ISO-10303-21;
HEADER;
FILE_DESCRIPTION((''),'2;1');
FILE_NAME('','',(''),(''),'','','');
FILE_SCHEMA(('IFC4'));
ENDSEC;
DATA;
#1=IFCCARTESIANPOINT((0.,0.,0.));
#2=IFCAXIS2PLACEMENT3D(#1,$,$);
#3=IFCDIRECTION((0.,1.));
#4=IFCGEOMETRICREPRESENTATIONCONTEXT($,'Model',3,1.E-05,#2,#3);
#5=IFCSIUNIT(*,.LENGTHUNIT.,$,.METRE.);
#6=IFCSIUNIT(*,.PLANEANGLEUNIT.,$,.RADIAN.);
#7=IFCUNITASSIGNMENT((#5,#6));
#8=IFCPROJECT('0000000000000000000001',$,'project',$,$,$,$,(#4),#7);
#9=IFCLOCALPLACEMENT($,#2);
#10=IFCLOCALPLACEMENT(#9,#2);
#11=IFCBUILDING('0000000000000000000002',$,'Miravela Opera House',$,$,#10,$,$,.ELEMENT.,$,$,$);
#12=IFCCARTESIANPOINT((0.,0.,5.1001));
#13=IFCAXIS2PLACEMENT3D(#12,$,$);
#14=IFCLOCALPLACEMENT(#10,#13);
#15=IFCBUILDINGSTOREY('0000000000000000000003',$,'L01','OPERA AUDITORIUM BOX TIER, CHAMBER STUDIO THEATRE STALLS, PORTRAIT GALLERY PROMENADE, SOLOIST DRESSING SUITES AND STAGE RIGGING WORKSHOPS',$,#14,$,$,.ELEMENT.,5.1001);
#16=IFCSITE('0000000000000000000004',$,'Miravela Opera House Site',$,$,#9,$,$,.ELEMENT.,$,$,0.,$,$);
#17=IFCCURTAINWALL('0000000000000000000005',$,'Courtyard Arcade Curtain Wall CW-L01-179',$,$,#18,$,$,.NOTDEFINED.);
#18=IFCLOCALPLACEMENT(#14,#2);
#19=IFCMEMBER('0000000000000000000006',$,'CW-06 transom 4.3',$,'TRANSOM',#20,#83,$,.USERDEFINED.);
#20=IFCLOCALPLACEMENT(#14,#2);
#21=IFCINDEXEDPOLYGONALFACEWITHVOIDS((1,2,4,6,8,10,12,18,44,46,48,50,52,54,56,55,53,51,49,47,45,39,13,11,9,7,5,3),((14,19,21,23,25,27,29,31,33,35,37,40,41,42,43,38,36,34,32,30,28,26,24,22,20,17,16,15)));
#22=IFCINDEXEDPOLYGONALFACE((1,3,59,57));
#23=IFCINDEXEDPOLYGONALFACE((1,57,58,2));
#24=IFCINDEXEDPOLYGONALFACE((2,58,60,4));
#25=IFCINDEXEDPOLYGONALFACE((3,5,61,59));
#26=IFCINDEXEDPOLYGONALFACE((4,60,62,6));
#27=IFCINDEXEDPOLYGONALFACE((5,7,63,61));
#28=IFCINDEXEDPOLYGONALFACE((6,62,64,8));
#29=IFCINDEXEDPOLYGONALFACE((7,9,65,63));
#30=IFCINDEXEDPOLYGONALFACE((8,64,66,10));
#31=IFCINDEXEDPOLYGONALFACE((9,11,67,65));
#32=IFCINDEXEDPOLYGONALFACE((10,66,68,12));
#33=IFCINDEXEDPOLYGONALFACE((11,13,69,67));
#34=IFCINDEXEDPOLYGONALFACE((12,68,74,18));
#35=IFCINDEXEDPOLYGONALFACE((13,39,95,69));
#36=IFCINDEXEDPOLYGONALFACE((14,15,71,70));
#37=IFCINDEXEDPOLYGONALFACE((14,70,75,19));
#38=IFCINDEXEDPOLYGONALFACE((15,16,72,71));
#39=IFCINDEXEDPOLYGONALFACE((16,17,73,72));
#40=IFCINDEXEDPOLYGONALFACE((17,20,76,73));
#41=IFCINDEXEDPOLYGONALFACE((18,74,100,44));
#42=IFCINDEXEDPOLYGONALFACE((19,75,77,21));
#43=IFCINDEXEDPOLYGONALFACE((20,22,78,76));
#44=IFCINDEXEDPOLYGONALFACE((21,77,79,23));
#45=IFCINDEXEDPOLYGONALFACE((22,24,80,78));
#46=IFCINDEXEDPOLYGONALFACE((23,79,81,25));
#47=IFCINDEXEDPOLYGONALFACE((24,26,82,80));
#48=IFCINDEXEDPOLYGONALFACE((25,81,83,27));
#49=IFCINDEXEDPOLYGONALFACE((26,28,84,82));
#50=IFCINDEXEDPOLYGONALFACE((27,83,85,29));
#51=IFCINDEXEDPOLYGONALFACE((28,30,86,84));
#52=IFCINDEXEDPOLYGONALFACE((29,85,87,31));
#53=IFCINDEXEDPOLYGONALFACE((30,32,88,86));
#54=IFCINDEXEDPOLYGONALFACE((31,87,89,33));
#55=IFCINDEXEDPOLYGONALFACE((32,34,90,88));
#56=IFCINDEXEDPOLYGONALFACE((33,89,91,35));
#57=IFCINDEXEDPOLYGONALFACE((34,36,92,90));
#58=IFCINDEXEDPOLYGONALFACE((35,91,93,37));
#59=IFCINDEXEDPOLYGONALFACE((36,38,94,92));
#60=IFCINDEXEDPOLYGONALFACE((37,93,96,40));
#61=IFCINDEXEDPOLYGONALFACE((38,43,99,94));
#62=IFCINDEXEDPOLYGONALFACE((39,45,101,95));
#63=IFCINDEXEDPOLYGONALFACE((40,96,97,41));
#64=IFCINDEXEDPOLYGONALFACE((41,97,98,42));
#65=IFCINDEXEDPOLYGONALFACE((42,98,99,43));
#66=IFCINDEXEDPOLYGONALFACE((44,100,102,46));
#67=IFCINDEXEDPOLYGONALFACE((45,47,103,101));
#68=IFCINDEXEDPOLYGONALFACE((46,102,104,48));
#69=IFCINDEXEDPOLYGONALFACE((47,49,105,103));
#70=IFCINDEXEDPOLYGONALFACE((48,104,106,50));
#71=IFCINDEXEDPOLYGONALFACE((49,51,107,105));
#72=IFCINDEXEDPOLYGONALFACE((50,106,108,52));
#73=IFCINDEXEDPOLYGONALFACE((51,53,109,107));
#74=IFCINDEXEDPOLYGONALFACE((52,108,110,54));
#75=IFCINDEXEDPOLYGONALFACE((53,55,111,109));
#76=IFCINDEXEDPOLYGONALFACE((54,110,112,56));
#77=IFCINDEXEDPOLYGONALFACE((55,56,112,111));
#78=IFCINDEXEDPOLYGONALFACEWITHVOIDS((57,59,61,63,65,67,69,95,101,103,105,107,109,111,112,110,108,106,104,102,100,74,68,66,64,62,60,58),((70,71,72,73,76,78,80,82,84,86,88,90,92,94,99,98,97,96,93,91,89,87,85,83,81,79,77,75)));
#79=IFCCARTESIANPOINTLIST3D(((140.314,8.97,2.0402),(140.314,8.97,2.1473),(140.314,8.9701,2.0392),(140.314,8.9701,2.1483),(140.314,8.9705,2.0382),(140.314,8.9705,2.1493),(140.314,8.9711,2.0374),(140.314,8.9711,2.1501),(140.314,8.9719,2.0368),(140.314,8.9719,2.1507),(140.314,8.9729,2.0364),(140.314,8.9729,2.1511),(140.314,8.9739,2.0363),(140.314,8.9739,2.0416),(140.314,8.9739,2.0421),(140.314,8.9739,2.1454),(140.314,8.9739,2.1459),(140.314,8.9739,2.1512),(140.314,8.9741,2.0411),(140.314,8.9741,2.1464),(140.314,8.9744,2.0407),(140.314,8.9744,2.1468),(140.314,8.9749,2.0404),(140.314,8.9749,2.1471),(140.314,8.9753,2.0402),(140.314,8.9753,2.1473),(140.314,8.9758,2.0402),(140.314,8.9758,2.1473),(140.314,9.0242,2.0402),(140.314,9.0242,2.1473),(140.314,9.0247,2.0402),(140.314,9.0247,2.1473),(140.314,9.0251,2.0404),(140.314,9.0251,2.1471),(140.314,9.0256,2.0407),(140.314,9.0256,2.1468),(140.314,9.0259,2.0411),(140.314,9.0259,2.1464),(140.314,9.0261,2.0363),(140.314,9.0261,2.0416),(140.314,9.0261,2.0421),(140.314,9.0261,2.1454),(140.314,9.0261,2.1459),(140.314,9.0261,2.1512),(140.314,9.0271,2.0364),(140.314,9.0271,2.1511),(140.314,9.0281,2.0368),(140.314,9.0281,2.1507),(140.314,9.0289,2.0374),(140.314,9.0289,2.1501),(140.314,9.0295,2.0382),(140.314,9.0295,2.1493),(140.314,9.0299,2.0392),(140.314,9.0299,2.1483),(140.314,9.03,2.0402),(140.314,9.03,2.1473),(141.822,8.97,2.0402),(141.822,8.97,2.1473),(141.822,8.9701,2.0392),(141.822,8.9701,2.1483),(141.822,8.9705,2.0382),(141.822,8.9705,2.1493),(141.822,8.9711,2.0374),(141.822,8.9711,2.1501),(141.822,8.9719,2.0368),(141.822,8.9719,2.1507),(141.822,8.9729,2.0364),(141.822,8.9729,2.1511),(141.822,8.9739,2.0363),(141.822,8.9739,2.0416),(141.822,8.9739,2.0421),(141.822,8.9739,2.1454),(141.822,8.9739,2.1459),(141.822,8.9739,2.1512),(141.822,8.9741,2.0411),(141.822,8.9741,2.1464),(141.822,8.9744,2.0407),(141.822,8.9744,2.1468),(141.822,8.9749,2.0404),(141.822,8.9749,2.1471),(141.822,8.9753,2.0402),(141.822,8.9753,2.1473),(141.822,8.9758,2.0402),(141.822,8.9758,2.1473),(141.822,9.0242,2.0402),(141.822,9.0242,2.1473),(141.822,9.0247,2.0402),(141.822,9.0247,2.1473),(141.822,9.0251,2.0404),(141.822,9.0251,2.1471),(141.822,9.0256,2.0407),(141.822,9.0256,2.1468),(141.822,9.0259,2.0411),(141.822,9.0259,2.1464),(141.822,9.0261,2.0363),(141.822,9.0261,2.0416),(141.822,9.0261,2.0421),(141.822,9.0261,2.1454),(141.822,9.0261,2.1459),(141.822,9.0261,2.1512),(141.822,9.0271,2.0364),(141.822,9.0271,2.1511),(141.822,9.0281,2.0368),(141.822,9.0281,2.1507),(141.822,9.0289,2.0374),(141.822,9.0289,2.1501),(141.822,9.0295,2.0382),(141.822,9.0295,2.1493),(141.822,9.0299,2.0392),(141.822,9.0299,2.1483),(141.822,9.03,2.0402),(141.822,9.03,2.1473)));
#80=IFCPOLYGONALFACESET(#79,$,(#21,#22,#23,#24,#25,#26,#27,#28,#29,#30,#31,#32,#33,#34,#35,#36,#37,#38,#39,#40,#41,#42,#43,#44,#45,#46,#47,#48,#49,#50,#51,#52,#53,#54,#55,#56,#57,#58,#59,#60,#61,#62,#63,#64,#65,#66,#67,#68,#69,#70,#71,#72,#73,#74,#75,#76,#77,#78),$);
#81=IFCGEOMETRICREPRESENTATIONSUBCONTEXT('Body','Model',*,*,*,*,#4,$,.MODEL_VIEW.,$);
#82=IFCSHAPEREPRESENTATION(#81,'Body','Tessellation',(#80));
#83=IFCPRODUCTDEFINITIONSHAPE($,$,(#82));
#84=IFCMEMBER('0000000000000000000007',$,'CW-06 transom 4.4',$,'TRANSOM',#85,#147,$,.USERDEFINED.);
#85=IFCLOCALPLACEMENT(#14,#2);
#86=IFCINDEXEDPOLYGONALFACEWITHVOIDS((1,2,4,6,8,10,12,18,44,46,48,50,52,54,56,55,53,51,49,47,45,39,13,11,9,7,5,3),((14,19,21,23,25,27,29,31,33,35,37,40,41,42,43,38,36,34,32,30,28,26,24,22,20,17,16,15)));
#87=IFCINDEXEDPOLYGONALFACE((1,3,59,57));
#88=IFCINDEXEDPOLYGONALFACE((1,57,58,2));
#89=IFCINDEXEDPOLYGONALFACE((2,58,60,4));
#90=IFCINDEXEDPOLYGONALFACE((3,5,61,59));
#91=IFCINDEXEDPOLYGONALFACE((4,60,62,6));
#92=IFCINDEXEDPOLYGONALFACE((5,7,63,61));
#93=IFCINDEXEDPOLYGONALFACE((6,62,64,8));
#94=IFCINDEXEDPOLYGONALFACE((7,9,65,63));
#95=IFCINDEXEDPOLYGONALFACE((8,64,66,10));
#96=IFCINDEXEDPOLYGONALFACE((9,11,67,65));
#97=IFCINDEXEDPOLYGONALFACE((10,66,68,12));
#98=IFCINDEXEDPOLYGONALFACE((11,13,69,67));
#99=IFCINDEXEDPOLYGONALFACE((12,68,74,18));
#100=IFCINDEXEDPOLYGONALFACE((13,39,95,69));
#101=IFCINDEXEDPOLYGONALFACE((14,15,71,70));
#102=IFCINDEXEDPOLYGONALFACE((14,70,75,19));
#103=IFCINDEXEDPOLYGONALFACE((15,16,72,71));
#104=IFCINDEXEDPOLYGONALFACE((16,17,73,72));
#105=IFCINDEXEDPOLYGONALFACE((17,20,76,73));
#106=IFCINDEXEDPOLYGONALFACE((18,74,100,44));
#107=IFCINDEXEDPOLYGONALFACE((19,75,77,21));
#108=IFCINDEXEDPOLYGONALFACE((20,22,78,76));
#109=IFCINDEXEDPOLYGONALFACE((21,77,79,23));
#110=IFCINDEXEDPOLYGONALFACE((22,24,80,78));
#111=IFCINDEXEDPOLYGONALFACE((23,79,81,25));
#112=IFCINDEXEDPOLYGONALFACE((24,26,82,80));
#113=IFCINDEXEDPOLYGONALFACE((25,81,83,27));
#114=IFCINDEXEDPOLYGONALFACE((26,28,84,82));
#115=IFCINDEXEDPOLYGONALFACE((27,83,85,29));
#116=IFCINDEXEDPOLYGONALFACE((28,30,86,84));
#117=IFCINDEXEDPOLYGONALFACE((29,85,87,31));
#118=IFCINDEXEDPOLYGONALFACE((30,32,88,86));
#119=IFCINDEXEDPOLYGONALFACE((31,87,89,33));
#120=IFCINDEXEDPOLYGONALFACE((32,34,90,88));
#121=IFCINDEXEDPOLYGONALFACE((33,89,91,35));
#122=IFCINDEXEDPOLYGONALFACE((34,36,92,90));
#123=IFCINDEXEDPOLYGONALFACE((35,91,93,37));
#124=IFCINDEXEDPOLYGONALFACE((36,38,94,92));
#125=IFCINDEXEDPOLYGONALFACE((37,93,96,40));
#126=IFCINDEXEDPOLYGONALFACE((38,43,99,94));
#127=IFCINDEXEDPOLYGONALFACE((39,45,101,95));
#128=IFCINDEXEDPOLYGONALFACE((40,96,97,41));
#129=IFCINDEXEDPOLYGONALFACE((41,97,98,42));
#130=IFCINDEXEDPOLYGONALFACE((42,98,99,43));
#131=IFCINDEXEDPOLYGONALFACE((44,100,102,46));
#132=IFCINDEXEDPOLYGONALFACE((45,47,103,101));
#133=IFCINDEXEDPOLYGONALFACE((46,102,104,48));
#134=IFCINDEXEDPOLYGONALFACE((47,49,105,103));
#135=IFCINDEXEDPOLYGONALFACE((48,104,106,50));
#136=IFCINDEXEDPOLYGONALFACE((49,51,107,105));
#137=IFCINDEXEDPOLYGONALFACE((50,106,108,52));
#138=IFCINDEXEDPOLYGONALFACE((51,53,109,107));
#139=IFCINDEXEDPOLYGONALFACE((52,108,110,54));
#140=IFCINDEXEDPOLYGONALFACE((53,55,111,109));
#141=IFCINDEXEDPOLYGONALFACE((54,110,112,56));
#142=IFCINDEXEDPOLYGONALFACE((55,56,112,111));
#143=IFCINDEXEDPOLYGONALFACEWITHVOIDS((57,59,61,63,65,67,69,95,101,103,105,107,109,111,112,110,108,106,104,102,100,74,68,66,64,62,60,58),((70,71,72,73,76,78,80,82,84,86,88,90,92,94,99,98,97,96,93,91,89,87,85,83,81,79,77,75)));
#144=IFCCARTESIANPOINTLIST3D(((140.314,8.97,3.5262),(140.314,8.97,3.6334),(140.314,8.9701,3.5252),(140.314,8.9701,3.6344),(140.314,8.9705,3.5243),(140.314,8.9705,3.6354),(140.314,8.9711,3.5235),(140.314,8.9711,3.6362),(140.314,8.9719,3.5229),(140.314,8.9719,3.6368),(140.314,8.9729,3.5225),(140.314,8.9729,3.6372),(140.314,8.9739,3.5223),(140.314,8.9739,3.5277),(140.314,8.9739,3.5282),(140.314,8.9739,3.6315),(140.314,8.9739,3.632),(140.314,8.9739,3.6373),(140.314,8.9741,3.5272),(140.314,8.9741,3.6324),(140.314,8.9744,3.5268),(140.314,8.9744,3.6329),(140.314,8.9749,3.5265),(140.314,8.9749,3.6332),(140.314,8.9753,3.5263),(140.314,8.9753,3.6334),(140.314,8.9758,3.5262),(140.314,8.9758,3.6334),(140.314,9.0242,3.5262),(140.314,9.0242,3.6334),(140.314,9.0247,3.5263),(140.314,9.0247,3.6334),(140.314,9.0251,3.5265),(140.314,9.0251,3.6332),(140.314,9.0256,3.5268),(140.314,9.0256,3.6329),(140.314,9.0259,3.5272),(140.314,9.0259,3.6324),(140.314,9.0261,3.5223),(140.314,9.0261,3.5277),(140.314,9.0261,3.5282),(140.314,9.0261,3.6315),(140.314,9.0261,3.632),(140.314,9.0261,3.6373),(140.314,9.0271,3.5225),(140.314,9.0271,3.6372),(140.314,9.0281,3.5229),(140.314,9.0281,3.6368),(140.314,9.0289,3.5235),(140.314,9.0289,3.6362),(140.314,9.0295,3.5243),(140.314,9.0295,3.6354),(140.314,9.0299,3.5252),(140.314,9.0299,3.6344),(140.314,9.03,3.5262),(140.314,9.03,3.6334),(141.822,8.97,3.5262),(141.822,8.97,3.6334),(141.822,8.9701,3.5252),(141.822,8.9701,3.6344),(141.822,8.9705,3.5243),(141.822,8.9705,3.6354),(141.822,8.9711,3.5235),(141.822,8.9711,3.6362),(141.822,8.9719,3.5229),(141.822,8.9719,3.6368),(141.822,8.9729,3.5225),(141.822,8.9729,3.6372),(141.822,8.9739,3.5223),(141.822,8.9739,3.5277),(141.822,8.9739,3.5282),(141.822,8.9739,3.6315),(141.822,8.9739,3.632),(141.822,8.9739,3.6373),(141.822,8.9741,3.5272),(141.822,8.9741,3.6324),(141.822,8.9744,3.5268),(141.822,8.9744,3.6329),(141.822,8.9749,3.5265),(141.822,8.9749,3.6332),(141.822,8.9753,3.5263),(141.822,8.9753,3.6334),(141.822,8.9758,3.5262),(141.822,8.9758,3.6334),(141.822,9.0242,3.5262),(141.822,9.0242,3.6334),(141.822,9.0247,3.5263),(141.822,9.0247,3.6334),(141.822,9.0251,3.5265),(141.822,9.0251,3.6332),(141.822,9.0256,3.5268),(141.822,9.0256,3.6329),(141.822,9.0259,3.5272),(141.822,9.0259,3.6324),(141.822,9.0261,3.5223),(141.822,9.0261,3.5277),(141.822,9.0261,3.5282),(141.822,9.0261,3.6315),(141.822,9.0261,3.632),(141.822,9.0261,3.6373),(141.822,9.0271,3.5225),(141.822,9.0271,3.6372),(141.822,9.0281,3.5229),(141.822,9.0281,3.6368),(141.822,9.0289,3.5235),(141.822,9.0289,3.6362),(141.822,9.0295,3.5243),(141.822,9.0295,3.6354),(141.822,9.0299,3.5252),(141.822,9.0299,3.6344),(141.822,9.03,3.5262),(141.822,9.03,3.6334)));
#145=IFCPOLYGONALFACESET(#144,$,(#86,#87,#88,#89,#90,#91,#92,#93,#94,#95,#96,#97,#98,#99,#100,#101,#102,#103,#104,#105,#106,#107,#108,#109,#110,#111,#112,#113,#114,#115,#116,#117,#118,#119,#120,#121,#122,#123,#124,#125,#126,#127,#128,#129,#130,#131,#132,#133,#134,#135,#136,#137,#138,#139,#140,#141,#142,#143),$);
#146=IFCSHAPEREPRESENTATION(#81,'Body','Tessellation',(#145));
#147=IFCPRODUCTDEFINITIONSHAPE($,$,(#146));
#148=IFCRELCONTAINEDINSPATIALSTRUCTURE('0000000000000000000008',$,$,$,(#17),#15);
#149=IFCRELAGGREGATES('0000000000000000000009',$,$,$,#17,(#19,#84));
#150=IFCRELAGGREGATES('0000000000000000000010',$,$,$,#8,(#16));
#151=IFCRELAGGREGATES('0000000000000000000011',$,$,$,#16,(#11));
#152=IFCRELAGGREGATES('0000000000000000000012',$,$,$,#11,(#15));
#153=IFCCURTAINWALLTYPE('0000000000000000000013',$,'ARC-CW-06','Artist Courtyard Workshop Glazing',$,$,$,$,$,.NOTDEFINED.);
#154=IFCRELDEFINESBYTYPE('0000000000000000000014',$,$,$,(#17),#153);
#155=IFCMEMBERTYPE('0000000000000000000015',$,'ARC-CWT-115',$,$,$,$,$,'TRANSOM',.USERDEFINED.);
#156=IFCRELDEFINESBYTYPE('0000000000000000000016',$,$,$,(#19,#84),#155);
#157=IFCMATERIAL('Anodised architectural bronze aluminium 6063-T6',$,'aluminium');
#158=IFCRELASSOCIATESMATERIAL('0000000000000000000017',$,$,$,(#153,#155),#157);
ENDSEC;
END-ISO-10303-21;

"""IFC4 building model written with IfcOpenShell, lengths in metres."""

from ifc_helpers import new_model, si_unit, direction, frame, origin, origin_2d, place, context, subcontext, project, spatial, hollow_rectangle, extrude, material, material_profile, profile_set, type_object, element, aggregate, save


model = new_model("IFC4")

# Units and contexts
model_context = context("Model", 3, precision=1e-05, world=origin(), true_north=direction((0.0, 1.0)))
body_context = subcontext(model_context, "Body", "Model", "MODEL_VIEW")
ifc_project = project(units=[si_unit("LENGTHUNIT", "METRE"), si_unit("PLANEANGLEUNIT", "RADIAN")], contexts=[model_context])

# Site, building, storey
site_placement = place(None, origin())
site = spatial("IfcSite", under=ifc_project, at=site_placement, Name="Miravela Opera House Site", CompositionType="ELEMENT", RefElevation=0.0)
building_placement = place(site_placement, origin())
building = spatial("IfcBuilding", under=site, at=building_placement, Name="Miravela Opera House", CompositionType="ELEMENT")
storey_placement = place(building_placement, frame((0.0, 0.0, 5.1001)))
storey = spatial("IfcBuildingStorey", under=building, at=storey_placement, Name="L01", Description="OPERA AUDITORIUM BOX TIER, CHAMBER STUDIO THEATRE STALLS, PORTRAIT GALLERY PROMENADE, SOLOIST DRESSING SUITES AND STAGE RIGGING WORKSHOPS", CompositionType="ELEMENT", Elevation=5.1001)

# Curtain wall, members
ifc_material_1 = material(Name="Anodised architectural bronze aluminium 6063-T6", Category="aluminium")
curtain_wall_type = type_object("IfcCurtainWallType", Name="ARC-CW-06", Description="Artist Courtyard Workshop Glazing", PredefinedType="NOTDEFINED", material=ifc_material_1)
curtain_wall_placement = place(storey_placement, origin())
curtain_wall = element("IfcCurtainWall", 1, at=curtain_wall_placement, inside=storey, type_object=curtain_wall_type, Name="Courtyard Arcade Curtain Wall CW-L01-179", PredefinedType="NOTDEFINED")
ifc_material_profile_1 = material_profile(ifc_material_1, hollow_rectangle(XDim=0.0601, YDim=0.115, WallThickness=0.0039, InnerFilletRadius=0.002, OuterFilletRadius=0.0039, at=origin_2d()), Name="CWT-60X115")
ifc_profile_set_1 = profile_set([ifc_material_profile_1])
member_type_1 = type_object("IfcMemberType", Name="ARC-CWT-115", ElementType="TRANSOM", PredefinedType="USERDEFINED", material=ifc_profile_set_1)
member_1_placement = place(storey_placement, frame((140.314, 9.0, 2.0938), z_axis=(1.0, 0.0, 0.0), x_axis=(0.0, 1.0, 0.0)))
member_1 = element("IfcMember", 2, at=member_1_placement, type_object=member_type_1, Name="CW-06 transom 4.3", ObjectType="TRANSOM", PredefinedType="USERDEFINED", context=body_context, shape_type="SweptSolid", body=[
    extrude(hollow_rectangle(XDim=0.0601, YDim=0.115, WallThickness=0.0039, InnerFilletRadius=0.002, OuterFilletRadius=0.0039, at=origin_2d()), origin(), (0.0, 0.0, 1.0), 1.5081),
])
member_2_placement = place(storey_placement, frame((140.314, 9.0, 3.5798), z_axis=(1.0, 0.0, 0.0), x_axis=(0.0, 1.0, 0.0)))
member_2 = element("IfcMember", 3, at=member_2_placement, type_object=member_type_1, Name="CW-06 transom 4.4", ObjectType="TRANSOM", PredefinedType="USERDEFINED", context=body_context, shape_type="SweptSolid", body=[
    extrude(hollow_rectangle(XDim=0.0601, YDim=0.115, WallThickness=0.0039, InnerFilletRadius=0.002, OuterFilletRadius=0.0039, at=origin_2d()), origin(), (0.0, 0.0, 1.0), 1.5081),
])

aggregate(curtain_wall, [member_1, member_2])

save(model, "model.ifc")
